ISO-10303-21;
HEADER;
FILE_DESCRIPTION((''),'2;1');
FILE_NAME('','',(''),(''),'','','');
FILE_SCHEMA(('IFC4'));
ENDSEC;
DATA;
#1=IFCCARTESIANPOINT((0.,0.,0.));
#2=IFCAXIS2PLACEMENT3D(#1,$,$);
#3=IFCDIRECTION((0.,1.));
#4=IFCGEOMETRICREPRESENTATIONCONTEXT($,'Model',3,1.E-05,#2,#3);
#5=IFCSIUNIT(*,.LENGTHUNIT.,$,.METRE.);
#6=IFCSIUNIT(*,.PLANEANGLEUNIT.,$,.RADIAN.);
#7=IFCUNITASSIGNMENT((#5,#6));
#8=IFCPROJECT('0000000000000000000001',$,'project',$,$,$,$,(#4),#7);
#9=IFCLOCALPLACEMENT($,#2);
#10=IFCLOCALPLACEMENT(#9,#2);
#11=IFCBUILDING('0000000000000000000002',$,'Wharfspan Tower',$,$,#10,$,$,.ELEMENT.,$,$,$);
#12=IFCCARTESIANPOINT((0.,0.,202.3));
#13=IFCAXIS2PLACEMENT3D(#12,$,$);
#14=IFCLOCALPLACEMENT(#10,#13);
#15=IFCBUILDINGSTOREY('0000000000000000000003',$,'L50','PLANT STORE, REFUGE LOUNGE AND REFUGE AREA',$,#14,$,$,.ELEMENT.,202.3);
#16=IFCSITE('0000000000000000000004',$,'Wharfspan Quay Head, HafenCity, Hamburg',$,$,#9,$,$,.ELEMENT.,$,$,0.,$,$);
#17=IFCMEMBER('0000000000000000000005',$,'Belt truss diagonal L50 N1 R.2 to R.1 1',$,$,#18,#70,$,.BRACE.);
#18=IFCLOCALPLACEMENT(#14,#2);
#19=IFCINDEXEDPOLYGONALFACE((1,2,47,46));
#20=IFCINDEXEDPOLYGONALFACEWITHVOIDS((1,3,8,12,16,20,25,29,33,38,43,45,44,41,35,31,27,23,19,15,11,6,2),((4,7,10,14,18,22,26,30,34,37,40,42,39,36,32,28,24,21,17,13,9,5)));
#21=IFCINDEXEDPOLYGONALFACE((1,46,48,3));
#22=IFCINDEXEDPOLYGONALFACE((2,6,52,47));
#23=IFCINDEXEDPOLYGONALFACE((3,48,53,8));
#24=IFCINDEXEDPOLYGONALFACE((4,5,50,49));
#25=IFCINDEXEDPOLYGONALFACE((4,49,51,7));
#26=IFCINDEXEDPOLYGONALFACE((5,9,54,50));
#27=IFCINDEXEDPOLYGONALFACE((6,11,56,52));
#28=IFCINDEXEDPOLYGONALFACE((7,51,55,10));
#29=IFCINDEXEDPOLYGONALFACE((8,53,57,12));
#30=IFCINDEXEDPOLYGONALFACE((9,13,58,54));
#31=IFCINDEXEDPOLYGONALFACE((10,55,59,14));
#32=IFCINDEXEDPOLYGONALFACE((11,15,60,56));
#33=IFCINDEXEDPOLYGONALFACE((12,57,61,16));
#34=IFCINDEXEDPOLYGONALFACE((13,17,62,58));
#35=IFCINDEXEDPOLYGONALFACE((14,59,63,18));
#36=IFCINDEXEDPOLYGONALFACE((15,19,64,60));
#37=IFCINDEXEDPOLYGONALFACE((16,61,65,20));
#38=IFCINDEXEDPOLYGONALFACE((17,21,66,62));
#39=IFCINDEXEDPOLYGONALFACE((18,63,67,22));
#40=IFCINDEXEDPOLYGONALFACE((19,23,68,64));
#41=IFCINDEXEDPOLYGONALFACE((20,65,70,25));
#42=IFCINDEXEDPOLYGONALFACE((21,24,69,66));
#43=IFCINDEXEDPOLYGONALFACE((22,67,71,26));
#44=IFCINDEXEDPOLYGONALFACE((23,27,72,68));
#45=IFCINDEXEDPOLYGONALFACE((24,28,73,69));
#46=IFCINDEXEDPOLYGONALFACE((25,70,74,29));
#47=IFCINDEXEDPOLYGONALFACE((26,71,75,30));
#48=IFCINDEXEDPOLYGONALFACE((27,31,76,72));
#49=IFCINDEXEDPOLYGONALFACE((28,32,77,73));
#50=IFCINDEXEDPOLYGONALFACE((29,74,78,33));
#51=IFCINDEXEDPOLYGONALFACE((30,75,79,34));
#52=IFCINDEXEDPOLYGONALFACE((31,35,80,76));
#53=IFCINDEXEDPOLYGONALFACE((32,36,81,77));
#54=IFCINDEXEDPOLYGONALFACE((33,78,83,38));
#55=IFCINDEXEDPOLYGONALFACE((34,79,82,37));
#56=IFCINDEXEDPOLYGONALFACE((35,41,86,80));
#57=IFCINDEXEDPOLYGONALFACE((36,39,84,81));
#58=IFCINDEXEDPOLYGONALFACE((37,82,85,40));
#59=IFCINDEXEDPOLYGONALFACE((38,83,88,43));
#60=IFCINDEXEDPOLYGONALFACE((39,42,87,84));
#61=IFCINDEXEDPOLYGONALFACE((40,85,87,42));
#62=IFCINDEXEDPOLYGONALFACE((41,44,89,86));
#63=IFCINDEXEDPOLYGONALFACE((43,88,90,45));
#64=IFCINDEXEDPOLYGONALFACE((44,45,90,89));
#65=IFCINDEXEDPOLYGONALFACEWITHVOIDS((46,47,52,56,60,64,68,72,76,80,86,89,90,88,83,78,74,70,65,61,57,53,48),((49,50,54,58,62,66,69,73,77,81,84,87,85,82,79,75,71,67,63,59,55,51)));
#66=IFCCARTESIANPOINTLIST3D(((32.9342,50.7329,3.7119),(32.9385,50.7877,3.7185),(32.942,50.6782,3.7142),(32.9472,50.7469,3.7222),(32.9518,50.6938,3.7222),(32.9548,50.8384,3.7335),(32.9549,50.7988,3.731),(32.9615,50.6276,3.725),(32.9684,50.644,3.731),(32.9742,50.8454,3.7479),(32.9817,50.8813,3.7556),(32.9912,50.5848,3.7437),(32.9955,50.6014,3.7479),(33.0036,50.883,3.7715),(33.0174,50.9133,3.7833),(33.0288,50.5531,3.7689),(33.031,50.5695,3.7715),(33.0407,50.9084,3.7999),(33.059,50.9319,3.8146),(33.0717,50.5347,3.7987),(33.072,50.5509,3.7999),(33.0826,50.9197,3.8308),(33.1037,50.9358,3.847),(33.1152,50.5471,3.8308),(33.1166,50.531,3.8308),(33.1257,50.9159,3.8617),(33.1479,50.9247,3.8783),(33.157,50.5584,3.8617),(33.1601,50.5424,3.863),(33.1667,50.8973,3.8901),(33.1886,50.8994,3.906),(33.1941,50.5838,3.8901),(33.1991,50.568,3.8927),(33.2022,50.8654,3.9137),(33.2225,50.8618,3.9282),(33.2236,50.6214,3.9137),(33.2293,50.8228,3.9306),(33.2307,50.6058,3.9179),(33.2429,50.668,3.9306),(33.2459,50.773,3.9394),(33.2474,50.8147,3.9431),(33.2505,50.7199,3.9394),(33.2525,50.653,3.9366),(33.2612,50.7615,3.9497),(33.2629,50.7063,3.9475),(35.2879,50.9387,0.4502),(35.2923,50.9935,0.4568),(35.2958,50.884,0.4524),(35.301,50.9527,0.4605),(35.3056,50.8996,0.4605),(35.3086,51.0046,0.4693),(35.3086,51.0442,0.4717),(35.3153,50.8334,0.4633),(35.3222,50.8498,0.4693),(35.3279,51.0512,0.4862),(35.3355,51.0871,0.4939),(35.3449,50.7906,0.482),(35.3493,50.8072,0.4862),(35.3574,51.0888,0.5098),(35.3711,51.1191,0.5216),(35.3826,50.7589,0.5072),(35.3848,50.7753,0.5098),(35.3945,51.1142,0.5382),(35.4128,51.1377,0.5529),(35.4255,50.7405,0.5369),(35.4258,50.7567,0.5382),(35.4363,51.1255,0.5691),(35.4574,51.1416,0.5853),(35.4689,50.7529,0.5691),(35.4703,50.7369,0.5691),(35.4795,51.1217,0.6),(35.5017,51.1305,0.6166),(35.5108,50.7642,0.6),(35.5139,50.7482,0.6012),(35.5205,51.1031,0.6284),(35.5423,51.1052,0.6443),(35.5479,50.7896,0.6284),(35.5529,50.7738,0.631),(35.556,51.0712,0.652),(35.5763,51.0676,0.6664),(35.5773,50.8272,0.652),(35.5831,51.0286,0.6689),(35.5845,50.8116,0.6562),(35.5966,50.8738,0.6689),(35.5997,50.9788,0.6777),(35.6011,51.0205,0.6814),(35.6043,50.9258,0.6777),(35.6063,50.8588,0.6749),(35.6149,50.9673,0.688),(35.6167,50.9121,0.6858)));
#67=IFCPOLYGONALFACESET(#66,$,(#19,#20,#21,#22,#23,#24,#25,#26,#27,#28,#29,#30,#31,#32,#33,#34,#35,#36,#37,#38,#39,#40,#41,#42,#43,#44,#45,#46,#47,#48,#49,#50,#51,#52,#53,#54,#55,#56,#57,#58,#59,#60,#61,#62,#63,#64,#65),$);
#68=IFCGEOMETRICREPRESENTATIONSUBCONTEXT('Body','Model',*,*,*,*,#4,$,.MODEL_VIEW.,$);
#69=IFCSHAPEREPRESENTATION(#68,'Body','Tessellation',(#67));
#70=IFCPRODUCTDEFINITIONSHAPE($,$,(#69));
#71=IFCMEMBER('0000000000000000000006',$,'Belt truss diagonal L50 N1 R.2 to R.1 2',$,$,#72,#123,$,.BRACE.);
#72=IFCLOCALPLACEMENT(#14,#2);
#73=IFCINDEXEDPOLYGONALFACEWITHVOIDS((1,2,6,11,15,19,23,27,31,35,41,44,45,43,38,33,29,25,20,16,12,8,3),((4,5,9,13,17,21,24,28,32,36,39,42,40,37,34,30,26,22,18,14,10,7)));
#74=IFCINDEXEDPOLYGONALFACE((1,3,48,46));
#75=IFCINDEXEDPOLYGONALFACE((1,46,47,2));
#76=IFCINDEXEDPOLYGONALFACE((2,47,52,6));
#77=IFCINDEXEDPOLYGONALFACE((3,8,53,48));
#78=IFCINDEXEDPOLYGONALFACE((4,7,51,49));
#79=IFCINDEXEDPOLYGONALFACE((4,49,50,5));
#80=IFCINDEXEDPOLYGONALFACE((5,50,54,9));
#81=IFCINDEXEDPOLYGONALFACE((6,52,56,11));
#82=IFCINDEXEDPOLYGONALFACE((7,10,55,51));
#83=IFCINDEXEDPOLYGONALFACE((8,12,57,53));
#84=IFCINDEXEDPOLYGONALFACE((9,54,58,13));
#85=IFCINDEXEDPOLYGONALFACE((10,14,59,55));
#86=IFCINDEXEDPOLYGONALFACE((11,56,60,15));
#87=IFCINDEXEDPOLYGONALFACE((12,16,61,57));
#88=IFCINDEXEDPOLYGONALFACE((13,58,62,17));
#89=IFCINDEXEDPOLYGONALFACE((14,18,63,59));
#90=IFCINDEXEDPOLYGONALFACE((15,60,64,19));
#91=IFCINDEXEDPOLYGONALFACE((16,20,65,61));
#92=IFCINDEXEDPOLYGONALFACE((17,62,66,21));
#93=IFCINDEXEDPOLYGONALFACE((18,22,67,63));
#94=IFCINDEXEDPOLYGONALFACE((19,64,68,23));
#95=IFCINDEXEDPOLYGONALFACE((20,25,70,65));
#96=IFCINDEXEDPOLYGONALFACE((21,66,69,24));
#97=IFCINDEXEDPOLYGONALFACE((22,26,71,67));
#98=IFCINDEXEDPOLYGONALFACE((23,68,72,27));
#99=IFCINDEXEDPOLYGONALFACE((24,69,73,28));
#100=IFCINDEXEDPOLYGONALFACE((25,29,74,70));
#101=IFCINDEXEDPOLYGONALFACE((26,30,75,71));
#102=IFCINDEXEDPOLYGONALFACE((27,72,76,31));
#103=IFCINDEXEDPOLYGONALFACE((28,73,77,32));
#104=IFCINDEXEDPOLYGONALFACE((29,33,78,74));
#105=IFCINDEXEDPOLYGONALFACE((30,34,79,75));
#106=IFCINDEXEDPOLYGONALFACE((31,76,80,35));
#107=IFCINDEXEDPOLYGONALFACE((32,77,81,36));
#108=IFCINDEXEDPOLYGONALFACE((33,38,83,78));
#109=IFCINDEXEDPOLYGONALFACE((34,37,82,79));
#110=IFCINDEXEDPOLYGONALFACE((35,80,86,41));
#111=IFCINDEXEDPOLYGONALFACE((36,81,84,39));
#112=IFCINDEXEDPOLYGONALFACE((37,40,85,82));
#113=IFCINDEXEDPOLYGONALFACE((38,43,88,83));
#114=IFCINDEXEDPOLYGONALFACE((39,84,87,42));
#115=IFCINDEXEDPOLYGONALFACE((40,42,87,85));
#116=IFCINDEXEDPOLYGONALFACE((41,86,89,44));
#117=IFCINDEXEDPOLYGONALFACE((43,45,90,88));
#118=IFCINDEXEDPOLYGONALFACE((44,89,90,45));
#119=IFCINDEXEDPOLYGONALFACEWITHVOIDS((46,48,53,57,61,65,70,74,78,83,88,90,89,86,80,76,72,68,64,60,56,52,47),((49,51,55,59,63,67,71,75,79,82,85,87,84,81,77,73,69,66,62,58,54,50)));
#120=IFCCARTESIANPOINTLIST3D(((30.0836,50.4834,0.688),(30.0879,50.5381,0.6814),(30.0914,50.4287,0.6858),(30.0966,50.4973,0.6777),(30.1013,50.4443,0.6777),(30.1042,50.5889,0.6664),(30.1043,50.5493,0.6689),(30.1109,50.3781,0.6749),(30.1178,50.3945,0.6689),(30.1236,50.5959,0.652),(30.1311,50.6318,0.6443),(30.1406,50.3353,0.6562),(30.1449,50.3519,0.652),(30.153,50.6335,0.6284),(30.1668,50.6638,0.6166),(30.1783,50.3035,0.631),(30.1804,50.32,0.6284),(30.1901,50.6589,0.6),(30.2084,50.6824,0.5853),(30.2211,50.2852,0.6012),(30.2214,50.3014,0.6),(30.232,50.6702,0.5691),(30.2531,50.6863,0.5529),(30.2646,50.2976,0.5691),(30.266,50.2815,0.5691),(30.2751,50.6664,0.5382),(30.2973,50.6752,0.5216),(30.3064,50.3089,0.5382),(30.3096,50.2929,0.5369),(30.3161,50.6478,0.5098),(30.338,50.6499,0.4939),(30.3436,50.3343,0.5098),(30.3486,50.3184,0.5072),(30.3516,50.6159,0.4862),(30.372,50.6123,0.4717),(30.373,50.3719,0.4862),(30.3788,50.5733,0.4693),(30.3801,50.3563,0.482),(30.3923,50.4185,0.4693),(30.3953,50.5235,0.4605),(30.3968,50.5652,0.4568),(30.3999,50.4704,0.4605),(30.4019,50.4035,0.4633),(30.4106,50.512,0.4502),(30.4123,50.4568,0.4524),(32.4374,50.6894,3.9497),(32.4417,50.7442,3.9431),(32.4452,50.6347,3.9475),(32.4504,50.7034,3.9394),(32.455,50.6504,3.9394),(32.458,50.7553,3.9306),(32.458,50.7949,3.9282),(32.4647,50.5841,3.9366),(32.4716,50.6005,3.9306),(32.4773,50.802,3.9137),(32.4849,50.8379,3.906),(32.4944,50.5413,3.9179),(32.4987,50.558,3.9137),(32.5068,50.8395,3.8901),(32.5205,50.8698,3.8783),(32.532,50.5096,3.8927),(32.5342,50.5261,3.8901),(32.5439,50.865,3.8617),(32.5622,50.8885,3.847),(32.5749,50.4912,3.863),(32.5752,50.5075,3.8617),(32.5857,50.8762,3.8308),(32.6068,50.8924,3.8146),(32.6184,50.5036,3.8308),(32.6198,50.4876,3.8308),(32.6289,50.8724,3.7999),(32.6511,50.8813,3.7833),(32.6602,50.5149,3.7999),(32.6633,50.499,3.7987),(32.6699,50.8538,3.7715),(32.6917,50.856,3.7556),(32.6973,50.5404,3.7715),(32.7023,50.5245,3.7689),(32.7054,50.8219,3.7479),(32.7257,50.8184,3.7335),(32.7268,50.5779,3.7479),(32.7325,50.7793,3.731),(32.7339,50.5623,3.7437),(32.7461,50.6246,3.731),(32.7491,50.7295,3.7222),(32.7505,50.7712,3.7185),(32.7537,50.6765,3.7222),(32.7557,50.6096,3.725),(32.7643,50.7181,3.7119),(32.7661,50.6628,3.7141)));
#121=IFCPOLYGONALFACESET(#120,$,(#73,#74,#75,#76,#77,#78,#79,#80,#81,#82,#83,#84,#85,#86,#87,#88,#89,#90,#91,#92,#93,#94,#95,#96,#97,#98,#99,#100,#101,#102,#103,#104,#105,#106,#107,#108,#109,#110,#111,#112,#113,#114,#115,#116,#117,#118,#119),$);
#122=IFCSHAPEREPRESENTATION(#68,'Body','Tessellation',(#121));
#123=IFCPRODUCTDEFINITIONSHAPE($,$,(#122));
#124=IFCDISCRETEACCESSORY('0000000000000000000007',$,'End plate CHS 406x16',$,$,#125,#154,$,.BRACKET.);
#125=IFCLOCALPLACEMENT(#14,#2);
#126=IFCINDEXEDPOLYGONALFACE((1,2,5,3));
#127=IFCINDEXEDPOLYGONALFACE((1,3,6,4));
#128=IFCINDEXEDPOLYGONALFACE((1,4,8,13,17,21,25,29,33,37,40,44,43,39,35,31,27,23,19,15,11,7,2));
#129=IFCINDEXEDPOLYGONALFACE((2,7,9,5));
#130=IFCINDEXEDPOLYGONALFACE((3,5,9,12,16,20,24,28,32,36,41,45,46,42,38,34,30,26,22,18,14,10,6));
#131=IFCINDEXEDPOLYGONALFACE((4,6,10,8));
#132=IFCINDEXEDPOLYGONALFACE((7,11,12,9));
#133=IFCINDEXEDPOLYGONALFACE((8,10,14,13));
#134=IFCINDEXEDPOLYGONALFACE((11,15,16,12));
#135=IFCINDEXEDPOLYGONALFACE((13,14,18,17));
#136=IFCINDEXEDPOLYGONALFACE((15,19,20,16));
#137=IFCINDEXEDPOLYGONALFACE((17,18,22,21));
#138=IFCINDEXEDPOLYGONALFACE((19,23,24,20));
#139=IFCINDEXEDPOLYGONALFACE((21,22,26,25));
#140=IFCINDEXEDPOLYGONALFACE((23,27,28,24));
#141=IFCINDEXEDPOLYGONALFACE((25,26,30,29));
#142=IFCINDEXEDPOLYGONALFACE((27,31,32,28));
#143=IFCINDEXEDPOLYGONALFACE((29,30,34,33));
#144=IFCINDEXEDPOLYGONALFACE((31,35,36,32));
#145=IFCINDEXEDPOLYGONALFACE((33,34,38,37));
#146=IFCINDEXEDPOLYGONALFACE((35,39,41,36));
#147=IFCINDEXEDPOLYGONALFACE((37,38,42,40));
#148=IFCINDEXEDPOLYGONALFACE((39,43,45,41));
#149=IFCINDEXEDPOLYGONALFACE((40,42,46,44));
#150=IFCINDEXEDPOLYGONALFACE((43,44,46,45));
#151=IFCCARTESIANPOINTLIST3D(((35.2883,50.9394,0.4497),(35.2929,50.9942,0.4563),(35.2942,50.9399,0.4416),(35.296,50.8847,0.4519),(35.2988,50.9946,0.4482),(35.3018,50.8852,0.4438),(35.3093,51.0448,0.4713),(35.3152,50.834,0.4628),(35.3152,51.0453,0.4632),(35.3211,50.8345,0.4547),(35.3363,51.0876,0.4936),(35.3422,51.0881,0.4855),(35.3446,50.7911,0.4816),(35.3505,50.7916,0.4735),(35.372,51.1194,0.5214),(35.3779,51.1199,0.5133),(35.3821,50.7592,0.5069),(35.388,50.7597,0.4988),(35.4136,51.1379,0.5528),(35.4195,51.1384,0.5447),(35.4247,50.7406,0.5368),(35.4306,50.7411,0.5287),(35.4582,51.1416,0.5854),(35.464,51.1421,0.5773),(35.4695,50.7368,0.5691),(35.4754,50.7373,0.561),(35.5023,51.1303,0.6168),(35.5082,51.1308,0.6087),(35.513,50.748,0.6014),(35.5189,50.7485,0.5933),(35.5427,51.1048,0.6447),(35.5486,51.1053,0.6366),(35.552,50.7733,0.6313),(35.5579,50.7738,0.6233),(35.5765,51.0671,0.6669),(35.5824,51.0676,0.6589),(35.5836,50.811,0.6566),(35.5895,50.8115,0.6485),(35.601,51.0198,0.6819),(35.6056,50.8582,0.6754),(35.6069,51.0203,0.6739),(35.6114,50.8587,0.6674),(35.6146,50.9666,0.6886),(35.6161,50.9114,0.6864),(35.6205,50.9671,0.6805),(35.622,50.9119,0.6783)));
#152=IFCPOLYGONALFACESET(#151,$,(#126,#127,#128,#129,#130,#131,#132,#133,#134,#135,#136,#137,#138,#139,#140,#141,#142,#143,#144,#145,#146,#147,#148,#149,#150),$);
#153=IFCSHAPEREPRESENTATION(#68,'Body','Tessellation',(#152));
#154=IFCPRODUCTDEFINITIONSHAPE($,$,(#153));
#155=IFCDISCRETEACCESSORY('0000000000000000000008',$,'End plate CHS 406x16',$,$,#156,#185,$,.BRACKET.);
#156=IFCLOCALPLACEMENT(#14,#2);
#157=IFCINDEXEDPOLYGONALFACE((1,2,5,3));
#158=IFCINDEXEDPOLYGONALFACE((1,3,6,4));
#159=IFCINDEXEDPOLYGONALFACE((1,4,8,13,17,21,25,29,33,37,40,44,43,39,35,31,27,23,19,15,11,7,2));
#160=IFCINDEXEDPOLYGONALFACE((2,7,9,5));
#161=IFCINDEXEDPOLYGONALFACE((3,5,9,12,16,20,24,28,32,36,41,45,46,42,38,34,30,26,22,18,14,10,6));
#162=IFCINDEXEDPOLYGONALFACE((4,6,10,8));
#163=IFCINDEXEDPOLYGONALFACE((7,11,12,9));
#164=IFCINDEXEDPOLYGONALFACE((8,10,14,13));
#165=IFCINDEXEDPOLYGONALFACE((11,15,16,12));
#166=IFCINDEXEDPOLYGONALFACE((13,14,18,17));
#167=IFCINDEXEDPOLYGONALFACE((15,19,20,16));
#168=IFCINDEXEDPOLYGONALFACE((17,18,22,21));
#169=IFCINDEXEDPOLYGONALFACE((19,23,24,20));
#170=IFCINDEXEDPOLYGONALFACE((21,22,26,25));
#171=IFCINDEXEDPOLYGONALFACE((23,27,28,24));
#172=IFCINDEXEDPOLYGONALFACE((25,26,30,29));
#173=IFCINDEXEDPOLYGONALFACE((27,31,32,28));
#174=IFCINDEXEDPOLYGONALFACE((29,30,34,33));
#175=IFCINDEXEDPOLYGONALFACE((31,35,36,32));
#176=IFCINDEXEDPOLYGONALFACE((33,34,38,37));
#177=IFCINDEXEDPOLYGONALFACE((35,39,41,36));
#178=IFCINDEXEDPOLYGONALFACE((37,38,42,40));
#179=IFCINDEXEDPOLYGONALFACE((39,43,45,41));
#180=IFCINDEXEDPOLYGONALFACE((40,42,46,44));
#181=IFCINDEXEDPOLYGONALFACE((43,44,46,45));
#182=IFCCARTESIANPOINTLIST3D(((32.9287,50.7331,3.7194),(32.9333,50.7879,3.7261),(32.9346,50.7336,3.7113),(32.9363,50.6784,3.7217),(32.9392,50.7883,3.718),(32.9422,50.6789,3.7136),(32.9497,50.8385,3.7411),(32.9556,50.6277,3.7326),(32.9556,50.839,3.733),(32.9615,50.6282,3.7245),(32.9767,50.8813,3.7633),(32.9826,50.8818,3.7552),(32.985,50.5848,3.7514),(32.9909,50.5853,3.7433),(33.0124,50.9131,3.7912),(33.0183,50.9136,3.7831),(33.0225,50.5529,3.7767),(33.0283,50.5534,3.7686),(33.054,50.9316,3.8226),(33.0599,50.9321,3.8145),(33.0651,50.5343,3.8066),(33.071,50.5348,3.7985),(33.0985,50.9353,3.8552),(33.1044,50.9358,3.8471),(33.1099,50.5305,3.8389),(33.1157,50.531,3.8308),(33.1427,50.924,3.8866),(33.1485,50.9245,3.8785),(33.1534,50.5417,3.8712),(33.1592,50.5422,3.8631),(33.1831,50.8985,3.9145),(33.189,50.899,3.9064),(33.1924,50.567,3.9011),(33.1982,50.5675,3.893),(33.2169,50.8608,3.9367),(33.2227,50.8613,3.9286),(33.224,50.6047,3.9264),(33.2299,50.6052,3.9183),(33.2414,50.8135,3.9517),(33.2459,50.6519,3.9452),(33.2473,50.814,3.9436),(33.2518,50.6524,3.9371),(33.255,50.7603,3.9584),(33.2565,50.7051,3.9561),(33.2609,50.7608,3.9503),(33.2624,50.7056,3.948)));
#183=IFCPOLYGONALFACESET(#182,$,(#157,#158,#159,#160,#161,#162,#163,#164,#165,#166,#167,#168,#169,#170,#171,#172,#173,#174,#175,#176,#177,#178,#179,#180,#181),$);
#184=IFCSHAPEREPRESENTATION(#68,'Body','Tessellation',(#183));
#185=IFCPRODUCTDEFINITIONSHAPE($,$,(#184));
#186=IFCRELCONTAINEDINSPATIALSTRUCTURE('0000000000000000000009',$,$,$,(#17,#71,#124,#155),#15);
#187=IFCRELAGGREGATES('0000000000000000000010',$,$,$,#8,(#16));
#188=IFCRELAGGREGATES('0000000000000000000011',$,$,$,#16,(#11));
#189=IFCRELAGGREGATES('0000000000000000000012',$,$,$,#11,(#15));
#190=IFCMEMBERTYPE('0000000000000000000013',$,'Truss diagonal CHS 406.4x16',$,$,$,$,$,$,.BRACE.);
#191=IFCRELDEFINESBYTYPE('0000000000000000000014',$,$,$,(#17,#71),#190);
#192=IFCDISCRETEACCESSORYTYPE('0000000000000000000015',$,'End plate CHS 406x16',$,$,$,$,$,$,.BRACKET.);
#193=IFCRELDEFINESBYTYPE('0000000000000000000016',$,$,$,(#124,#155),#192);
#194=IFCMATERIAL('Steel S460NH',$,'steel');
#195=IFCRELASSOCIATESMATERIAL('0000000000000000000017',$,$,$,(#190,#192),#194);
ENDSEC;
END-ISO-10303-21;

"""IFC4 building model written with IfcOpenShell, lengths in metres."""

from ifc_helpers import new_model, si_unit, direction, frame, origin, origin_2d, place, context, subcontext, project, spatial, circle, hollow_circle, extrude, material, material_profile, profile_set, type_object, element, save


model = new_model("IFC4")

# Units and contexts
model_context = context("Model", 3, precision=1e-05, world=origin(), true_north=direction((0.0, 1.0)))
body_context = subcontext(model_context, "Body", "Model", "MODEL_VIEW")
ifc_project = project(units=[si_unit("LENGTHUNIT", "METRE"), si_unit("PLANEANGLEUNIT", "RADIAN")], contexts=[model_context])

# Site, building, storey
site_placement = place(None, origin())
site = spatial("IfcSite", under=ifc_project, at=site_placement, Name="Wharfspan Quay Head, HafenCity, Hamburg", CompositionType="ELEMENT", RefElevation=0.0)
building_placement = place(site_placement, origin())
building = spatial("IfcBuilding", under=site, at=building_placement, Name="Wharfspan Tower", CompositionType="ELEMENT")
storey_placement = place(building_placement, frame((0.0, 0.0, 202.3)))
storey = spatial("IfcBuildingStorey", under=building, at=storey_placement, Name="L50", Description="PLANT STORE, REFUGE LOUNGE AND REFUGE AREA", CompositionType="ELEMENT", Elevation=202.3)

# Members
ifc_material_1 = material(Name="Steel S460NH", Category="steel")
ifc_material_profile_1 = material_profile(ifc_material_1, hollow_circle(Radius=0.2031, WallThickness=0.0161, at=origin_2d()))
ifc_profile_set_1 = profile_set([ifc_material_profile_1], Name="Steel S460NH")
member_type_1 = type_object("IfcMemberType", Name="Truss diagonal CHS 406.4x16", PredefinedType="BRACE", material=ifc_profile_set_1)
for number, where, z_axis, x_axis, name in (
    (1, (35.4526, 50.9392, 0.5691), (-0.584411, -0.0511, 0.809847), (0.08711, -0.996196, 0.000003), "Belt truss diagonal L50 N1 R.2 to R.1 1"),
    (2, (32.6021, 50.6899, 3.8308), (-0.584409, -0.051161, -0.809844), (0.087207, -0.996192, 0.000002), "Belt truss diagonal L50 N1 R.2 to R.1 2"),
):
    element("IfcMember", number, at=place(storey_placement, frame(where, z_axis=z_axis, x_axis=x_axis)), inside=storey, type_object=member_type_1, Name=name, PredefinedType="BRACE", context=body_context, shape_type="SweptSolid", body=[
        extrude(hollow_circle(Radius=0.2031, WallThickness=0.0161, at=origin_2d()), origin(), (0.0, 0.0, 1.0), 4.0276),
    ])

# Discrete accessories
ifc_material_profile_2 = material_profile(ifc_material_1, circle(Radius=0.2031, at=origin_2d()))
ifc_profile_set_2 = profile_set([ifc_material_profile_2], Name="Steel S460NH")
discrete_accessory_type_1 = type_object("IfcDiscreteAccessoryType", Name="End plate CHS 406x16", PredefinedType="BRACKET", material=ifc_profile_set_2)
for number, where, z_axis, x_axis, name in (
    (3, (35.4585, 50.9397, 0.561), (-0.587466, -0.048956, 0.807766), (0.083046, -0.996542, 0.0), "End plate CHS 406x16"),
    (4, (33.0989, 50.7334, 3.8308), (-0.587466, -0.048956, 0.807766), (0.083046, -0.996542, 0.0), "End plate CHS 406x16"),
):
    element("IfcDiscreteAccessory", number, at=place(storey_placement, frame(where, z_axis=z_axis, x_axis=x_axis)), inside=storey, type_object=discrete_accessory_type_1, Name=name, PredefinedType="BRACKET", context=body_context, shape_type="SweptSolid", body=[
        extrude(circle(Radius=0.2031, at=origin_2d()), origin(), (0.0, 0.0, 1.0), 0.01),
    ])

save(model, "model.ifc")
